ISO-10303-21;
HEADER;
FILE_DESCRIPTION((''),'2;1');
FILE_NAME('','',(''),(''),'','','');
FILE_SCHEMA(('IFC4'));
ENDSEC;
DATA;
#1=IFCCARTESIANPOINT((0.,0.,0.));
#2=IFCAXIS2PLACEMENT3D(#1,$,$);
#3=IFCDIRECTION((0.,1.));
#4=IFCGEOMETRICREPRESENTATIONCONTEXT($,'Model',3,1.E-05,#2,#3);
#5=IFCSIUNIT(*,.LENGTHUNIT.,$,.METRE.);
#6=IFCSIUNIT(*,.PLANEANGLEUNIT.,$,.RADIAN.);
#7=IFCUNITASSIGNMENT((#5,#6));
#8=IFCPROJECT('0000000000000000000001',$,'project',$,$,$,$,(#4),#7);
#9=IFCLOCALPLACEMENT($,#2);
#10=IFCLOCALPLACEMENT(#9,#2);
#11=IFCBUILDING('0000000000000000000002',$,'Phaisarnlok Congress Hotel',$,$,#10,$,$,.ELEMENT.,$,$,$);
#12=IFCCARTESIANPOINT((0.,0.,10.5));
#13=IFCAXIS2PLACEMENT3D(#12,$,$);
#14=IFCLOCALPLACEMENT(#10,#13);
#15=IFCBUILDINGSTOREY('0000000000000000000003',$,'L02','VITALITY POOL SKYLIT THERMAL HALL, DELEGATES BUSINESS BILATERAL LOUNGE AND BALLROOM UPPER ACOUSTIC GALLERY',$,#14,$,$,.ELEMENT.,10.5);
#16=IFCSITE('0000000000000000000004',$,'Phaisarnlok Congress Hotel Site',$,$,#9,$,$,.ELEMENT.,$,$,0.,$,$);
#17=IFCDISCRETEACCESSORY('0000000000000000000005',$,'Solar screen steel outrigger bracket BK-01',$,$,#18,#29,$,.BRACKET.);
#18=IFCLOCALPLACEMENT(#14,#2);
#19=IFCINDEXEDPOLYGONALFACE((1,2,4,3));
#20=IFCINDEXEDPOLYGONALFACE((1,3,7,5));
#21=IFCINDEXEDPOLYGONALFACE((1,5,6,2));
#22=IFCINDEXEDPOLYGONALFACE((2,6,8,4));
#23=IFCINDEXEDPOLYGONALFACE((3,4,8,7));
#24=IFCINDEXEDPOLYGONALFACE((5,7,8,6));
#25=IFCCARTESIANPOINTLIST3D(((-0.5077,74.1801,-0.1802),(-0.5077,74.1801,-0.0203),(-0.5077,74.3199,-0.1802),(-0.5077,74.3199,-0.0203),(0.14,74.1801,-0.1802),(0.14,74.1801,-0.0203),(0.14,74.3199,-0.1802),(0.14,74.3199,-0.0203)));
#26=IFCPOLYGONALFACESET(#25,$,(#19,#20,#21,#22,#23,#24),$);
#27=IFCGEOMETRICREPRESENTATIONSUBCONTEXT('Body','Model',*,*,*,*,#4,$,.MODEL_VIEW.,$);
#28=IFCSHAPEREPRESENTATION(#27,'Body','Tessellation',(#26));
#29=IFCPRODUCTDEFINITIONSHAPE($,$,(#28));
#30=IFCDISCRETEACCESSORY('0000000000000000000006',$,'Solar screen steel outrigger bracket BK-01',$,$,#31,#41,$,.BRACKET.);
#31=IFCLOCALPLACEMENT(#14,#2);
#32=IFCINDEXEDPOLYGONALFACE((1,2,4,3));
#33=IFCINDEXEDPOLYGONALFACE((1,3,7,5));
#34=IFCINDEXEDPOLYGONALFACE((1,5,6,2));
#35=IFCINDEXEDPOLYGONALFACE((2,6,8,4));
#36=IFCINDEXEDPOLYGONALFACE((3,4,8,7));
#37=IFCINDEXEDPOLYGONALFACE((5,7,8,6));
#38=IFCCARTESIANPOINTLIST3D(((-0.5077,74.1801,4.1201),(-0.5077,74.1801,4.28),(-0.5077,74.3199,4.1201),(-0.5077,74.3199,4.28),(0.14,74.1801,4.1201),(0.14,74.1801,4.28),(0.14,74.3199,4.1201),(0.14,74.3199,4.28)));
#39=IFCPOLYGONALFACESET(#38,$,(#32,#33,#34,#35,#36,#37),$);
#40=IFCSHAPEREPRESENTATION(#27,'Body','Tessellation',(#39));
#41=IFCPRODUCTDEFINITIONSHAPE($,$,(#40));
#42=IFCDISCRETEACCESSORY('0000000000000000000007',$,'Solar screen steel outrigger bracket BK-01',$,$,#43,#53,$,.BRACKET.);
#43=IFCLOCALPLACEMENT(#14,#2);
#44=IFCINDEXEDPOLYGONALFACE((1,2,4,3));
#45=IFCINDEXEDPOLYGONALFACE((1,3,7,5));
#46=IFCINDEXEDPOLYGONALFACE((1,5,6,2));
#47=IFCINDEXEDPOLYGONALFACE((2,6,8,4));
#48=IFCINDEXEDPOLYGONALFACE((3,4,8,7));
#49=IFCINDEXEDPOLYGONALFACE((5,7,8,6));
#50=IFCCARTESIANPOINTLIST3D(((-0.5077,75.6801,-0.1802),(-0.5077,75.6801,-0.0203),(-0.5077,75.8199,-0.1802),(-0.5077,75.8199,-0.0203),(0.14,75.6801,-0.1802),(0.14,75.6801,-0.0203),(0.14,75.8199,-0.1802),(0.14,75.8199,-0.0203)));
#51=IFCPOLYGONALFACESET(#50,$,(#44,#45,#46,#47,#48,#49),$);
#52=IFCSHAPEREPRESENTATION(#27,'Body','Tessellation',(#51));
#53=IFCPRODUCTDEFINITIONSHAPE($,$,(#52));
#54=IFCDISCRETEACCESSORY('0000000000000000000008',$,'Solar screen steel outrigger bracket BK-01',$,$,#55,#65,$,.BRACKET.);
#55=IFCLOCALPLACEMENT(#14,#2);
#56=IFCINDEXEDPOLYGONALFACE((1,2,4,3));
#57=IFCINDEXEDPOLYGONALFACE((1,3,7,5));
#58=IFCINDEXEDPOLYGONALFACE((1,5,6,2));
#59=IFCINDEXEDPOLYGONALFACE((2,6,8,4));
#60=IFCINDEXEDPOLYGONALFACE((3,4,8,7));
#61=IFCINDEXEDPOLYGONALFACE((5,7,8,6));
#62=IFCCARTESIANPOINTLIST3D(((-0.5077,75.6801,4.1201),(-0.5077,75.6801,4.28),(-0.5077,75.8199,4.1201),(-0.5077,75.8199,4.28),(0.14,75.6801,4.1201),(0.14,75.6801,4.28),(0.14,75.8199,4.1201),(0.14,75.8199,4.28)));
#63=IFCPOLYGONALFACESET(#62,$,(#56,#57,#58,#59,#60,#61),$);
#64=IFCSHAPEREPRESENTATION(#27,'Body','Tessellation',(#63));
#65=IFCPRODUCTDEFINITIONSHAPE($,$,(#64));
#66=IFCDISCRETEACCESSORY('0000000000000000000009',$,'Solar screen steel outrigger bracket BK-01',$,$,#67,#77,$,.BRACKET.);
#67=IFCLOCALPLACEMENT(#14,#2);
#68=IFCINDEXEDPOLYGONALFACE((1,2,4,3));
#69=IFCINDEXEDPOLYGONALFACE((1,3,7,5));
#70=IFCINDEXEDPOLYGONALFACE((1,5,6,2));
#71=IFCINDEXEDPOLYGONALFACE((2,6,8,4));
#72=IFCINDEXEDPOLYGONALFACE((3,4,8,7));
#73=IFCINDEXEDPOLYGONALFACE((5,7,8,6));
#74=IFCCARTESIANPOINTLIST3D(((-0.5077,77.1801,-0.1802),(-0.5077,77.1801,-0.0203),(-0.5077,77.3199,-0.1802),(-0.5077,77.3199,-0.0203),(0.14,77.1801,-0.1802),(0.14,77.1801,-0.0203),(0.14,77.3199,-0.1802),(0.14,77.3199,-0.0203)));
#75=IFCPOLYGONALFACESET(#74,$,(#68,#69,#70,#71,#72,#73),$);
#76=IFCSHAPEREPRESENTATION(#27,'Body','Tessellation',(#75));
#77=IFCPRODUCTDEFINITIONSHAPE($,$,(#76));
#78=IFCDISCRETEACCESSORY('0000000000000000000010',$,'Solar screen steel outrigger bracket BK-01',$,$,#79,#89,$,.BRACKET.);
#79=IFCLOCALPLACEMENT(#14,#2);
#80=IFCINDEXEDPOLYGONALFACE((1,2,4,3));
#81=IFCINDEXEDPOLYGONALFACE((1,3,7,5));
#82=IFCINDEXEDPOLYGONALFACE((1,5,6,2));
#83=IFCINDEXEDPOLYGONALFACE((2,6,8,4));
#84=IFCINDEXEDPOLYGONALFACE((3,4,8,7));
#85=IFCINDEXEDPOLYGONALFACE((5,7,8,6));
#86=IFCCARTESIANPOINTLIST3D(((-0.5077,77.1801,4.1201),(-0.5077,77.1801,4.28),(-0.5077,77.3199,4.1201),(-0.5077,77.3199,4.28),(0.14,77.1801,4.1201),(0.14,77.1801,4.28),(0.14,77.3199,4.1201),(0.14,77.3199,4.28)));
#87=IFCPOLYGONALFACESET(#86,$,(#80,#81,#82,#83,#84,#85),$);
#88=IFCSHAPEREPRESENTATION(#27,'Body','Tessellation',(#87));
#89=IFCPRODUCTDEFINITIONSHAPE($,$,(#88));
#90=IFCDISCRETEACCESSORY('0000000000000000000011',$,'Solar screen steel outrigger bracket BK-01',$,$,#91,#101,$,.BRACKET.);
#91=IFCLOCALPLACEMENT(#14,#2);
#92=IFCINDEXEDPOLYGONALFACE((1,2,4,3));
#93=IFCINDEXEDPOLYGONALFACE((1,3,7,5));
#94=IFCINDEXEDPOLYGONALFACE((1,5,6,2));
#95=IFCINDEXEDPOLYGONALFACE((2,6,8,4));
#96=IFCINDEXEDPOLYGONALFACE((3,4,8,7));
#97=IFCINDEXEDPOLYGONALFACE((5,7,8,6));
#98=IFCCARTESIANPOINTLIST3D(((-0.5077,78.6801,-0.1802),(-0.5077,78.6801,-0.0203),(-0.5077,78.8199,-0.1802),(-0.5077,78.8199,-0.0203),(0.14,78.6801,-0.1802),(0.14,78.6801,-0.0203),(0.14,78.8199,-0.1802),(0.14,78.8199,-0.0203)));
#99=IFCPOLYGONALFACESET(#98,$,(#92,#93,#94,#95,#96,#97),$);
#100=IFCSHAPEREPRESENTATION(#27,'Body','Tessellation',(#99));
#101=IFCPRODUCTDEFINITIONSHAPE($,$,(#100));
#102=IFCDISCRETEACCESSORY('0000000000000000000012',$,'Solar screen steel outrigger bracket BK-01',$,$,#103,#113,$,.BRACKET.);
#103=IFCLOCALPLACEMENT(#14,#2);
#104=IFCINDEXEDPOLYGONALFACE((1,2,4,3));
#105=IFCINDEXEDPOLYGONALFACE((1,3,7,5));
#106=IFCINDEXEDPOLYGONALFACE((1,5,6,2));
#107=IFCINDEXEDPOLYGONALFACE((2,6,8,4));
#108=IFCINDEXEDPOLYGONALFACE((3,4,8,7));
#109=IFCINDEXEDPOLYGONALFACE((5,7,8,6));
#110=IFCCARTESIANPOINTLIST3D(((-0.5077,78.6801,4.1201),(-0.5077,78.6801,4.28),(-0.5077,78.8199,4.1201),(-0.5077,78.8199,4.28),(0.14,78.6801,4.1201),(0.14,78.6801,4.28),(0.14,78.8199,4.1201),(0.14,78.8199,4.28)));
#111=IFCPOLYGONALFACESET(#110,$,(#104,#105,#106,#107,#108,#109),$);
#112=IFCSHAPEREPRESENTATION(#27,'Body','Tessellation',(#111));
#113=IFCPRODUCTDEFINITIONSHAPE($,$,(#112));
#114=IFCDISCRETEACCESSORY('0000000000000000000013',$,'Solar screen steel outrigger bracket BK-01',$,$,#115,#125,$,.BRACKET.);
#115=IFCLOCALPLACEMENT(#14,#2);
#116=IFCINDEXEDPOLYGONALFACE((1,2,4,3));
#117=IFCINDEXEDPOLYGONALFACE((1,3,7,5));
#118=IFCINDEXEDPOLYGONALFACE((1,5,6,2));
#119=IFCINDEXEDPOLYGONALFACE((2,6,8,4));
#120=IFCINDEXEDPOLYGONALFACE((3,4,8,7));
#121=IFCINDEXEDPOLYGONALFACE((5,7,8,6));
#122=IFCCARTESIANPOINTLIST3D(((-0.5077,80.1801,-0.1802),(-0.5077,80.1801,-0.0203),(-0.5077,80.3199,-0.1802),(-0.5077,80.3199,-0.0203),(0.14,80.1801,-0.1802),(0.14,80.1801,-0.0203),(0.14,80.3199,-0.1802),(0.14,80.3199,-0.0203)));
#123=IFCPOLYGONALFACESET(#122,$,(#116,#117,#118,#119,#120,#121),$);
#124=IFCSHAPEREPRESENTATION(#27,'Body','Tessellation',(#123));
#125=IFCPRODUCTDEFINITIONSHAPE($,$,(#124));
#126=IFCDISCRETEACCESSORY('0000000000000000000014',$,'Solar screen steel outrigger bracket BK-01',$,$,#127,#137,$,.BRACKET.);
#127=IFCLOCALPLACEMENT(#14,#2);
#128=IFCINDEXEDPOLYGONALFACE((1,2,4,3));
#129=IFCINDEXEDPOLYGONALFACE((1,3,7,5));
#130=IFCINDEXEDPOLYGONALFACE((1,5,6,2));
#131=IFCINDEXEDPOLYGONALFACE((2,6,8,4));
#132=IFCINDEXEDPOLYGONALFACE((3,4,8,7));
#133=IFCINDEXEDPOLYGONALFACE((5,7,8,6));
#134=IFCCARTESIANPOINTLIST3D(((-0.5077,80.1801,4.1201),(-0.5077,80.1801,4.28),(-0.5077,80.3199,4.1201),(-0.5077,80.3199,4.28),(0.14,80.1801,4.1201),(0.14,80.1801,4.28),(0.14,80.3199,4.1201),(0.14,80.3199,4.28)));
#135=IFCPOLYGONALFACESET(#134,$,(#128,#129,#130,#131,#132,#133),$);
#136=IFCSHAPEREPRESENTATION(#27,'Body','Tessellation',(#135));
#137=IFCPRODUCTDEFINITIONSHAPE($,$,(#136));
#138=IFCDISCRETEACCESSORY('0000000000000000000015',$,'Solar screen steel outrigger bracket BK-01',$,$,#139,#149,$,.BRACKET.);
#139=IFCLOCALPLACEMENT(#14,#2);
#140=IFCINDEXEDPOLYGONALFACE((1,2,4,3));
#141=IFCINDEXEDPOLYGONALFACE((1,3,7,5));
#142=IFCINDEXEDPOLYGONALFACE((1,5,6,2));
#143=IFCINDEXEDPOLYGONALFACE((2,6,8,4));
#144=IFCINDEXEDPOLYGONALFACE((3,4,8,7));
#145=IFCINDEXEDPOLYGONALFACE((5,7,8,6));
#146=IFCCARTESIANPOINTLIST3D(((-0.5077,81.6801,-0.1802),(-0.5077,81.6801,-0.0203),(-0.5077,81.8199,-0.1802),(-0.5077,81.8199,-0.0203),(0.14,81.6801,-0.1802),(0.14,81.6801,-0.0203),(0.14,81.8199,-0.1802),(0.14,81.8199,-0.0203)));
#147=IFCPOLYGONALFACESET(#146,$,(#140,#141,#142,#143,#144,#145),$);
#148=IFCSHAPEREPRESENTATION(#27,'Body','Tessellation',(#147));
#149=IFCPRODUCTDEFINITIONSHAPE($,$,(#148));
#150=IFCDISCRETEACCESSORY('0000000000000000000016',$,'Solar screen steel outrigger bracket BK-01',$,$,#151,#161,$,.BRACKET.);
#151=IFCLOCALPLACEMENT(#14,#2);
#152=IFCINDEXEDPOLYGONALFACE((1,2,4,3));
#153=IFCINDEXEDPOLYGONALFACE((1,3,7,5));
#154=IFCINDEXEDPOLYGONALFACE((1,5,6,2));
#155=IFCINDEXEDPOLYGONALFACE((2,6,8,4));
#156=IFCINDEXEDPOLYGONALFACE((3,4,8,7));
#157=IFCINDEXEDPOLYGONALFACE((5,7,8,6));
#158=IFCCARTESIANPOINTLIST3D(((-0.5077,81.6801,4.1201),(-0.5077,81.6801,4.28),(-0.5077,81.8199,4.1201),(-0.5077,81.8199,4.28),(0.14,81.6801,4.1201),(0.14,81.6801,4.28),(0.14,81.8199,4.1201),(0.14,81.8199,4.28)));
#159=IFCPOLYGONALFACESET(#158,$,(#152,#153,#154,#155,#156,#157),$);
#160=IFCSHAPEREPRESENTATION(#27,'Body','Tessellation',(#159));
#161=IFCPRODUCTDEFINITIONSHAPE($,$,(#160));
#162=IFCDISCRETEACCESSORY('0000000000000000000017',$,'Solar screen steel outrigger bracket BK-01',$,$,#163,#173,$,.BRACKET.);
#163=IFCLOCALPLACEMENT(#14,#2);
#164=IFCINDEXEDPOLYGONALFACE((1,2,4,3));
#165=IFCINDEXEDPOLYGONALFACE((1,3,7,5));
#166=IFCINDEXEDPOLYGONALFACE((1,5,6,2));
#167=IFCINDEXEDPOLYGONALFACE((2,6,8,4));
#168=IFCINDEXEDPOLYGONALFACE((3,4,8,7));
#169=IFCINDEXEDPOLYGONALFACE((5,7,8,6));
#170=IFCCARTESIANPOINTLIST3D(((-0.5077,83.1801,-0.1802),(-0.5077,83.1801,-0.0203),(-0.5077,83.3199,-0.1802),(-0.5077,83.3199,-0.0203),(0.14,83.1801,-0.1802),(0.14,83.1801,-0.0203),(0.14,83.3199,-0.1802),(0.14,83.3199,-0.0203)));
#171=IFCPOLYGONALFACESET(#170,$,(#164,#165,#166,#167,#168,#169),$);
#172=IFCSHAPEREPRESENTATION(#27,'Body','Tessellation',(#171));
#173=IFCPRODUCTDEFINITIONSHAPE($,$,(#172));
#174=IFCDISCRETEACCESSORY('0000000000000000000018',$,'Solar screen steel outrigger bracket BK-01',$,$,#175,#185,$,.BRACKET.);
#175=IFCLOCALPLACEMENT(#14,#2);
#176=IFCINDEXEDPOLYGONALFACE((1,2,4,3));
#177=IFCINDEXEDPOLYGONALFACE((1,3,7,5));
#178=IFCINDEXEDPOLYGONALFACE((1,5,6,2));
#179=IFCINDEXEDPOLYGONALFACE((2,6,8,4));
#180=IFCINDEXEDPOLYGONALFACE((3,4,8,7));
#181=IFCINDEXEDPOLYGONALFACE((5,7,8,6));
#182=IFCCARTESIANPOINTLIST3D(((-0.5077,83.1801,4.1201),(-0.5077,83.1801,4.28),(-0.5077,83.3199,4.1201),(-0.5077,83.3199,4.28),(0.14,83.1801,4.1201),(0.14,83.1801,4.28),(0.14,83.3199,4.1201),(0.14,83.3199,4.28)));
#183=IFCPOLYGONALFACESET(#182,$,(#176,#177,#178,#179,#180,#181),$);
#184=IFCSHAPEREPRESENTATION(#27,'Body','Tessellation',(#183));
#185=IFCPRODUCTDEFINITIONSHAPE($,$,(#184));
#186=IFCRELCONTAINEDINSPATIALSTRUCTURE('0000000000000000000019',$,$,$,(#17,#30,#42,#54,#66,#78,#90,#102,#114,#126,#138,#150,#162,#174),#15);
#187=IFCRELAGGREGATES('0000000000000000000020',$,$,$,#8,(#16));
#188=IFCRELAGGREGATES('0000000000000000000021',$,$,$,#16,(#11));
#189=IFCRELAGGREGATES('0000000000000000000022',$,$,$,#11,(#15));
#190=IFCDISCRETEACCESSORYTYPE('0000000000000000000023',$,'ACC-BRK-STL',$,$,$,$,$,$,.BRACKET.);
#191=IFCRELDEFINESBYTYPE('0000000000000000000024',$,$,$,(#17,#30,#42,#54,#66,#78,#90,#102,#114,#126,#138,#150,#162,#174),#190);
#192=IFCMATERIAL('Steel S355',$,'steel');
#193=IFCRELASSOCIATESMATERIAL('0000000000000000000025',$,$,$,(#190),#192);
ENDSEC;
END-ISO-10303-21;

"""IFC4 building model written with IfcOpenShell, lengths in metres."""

from ifc_helpers import new_model, si_unit, direction, frame, origin, origin_2d, place, context, subcontext, project, spatial, rectangle, extrude, material, type_object, element, save


model = new_model("IFC4")

# Units and contexts
model_context = context("Model", 3, precision=1e-05, world=origin(), true_north=direction((0.0, 1.0)))
body_context = subcontext(model_context, "Body", "Model", "MODEL_VIEW")
ifc_project = project(units=[si_unit("LENGTHUNIT", "METRE"), si_unit("PLANEANGLEUNIT", "RADIAN")], contexts=[model_context])

# Site, building, storey
site_placement = place(None, origin())
site = spatial("IfcSite", under=ifc_project, at=site_placement, Name="Phaisarnlok Congress Hotel Site", CompositionType="ELEMENT", RefElevation=0.0)
building_placement = place(site_placement, origin())
building = spatial("IfcBuilding", under=site, at=building_placement, Name="Phaisarnlok Congress Hotel", CompositionType="ELEMENT")
storey_placement = place(building_placement, frame((0.0, 0.0, 10.5)))
storey = spatial("IfcBuildingStorey", under=building, at=storey_placement, Name="L02", Description="VITALITY POOL SKYLIT THERMAL HALL, DELEGATES BUSINESS BILATERAL LOUNGE AND BALLROOM UPPER ACOUSTIC GALLERY", CompositionType="ELEMENT", Elevation=10.5)

# Discrete accessories
ifc_material_1 = material(Name="Steel S355", Category="steel")
discrete_accessory_type = type_object("IfcDiscreteAccessoryType", Name="ACC-BRK-STL", PredefinedType="BRACKET", material=ifc_material_1)
for number, where, z_axis, x_axis, name in (
    (1, (-0.1838, 74.25, -0.1802), (0.0, 0.0, 1.0), (1.0, 0.0, 0.0), "Solar screen steel outrigger bracket BK-01"),
    (2, (-0.1838, 74.25, 4.1201), (0.0, 0.0, 1.0), (1.0, 0.0, 0.0), "Solar screen steel outrigger bracket BK-01"),
    (3, (-0.1838, 75.75, -0.1802), (0.0, 0.0, 1.0), (1.0, 0.0, 0.0), "Solar screen steel outrigger bracket BK-01"),
    (4, (-0.1838, 75.75, 4.1201), (0.0, 0.0, 1.0), (1.0, 0.0, 0.0), "Solar screen steel outrigger bracket BK-01"),
    (5, (-0.1838, 77.25, -0.1802), (0.0, 0.0, 1.0), (1.0, 0.0, 0.0), "Solar screen steel outrigger bracket BK-01"),
    (6, (-0.1838, 77.25, 4.1201), (0.0, 0.0, 1.0), (1.0, 0.0, 0.0), "Solar screen steel outrigger bracket BK-01"),
    (7, (-0.1838, 78.75, -0.1802), (0.0, 0.0, 1.0), (1.0, 0.0, 0.0), "Solar screen steel outrigger bracket BK-01"),
    (8, (-0.1838, 78.75, 4.1201), (0.0, 0.0, 1.0), (1.0, 0.0, 0.0), "Solar screen steel outrigger bracket BK-01"),
    (9, (-0.1838, 80.25, -0.1802), (0.0, 0.0, 1.0), (1.0, 0.0, 0.0), "Solar screen steel outrigger bracket BK-01"),
    (10, (-0.1838, 80.25, 4.1201), (0.0, 0.0, 1.0), (1.0, 0.0, 0.0), "Solar screen steel outrigger bracket BK-01"),
    (11, (-0.1838, 81.75, -0.1802), (0.0, 0.0, 1.0), (1.0, 0.0, 0.0), "Solar screen steel outrigger bracket BK-01"),
    (12, (-0.1838, 81.75, 4.1201), (0.0, 0.0, 1.0), (1.0, 0.0, 0.0), "Solar screen steel outrigger bracket BK-01"),
    (13, (-0.1838, 83.25, -0.1802), (0.0, 0.0, 1.0), (1.0, 0.0, 0.0), "Solar screen steel outrigger bracket BK-01"),
    (14, (-0.1838, 83.25, 4.1201), (0.0, 0.0, 1.0), (1.0, 0.0, 0.0), "Solar screen steel outrigger bracket BK-01"),
):
    element("IfcDiscreteAccessory", number, at=place(storey_placement, frame(where, z_axis=z_axis, x_axis=x_axis)), inside=storey, type_object=discrete_accessory_type, Name=name, PredefinedType="BRACKET", context=body_context, shape_type="SweptSolid", body=[
        extrude(rectangle(XDim=0.6477, YDim=0.1399, at=origin_2d()), origin(), (0.0, 0.0, 1.0), 0.1599),
    ])

save(model, "model.ifc")
